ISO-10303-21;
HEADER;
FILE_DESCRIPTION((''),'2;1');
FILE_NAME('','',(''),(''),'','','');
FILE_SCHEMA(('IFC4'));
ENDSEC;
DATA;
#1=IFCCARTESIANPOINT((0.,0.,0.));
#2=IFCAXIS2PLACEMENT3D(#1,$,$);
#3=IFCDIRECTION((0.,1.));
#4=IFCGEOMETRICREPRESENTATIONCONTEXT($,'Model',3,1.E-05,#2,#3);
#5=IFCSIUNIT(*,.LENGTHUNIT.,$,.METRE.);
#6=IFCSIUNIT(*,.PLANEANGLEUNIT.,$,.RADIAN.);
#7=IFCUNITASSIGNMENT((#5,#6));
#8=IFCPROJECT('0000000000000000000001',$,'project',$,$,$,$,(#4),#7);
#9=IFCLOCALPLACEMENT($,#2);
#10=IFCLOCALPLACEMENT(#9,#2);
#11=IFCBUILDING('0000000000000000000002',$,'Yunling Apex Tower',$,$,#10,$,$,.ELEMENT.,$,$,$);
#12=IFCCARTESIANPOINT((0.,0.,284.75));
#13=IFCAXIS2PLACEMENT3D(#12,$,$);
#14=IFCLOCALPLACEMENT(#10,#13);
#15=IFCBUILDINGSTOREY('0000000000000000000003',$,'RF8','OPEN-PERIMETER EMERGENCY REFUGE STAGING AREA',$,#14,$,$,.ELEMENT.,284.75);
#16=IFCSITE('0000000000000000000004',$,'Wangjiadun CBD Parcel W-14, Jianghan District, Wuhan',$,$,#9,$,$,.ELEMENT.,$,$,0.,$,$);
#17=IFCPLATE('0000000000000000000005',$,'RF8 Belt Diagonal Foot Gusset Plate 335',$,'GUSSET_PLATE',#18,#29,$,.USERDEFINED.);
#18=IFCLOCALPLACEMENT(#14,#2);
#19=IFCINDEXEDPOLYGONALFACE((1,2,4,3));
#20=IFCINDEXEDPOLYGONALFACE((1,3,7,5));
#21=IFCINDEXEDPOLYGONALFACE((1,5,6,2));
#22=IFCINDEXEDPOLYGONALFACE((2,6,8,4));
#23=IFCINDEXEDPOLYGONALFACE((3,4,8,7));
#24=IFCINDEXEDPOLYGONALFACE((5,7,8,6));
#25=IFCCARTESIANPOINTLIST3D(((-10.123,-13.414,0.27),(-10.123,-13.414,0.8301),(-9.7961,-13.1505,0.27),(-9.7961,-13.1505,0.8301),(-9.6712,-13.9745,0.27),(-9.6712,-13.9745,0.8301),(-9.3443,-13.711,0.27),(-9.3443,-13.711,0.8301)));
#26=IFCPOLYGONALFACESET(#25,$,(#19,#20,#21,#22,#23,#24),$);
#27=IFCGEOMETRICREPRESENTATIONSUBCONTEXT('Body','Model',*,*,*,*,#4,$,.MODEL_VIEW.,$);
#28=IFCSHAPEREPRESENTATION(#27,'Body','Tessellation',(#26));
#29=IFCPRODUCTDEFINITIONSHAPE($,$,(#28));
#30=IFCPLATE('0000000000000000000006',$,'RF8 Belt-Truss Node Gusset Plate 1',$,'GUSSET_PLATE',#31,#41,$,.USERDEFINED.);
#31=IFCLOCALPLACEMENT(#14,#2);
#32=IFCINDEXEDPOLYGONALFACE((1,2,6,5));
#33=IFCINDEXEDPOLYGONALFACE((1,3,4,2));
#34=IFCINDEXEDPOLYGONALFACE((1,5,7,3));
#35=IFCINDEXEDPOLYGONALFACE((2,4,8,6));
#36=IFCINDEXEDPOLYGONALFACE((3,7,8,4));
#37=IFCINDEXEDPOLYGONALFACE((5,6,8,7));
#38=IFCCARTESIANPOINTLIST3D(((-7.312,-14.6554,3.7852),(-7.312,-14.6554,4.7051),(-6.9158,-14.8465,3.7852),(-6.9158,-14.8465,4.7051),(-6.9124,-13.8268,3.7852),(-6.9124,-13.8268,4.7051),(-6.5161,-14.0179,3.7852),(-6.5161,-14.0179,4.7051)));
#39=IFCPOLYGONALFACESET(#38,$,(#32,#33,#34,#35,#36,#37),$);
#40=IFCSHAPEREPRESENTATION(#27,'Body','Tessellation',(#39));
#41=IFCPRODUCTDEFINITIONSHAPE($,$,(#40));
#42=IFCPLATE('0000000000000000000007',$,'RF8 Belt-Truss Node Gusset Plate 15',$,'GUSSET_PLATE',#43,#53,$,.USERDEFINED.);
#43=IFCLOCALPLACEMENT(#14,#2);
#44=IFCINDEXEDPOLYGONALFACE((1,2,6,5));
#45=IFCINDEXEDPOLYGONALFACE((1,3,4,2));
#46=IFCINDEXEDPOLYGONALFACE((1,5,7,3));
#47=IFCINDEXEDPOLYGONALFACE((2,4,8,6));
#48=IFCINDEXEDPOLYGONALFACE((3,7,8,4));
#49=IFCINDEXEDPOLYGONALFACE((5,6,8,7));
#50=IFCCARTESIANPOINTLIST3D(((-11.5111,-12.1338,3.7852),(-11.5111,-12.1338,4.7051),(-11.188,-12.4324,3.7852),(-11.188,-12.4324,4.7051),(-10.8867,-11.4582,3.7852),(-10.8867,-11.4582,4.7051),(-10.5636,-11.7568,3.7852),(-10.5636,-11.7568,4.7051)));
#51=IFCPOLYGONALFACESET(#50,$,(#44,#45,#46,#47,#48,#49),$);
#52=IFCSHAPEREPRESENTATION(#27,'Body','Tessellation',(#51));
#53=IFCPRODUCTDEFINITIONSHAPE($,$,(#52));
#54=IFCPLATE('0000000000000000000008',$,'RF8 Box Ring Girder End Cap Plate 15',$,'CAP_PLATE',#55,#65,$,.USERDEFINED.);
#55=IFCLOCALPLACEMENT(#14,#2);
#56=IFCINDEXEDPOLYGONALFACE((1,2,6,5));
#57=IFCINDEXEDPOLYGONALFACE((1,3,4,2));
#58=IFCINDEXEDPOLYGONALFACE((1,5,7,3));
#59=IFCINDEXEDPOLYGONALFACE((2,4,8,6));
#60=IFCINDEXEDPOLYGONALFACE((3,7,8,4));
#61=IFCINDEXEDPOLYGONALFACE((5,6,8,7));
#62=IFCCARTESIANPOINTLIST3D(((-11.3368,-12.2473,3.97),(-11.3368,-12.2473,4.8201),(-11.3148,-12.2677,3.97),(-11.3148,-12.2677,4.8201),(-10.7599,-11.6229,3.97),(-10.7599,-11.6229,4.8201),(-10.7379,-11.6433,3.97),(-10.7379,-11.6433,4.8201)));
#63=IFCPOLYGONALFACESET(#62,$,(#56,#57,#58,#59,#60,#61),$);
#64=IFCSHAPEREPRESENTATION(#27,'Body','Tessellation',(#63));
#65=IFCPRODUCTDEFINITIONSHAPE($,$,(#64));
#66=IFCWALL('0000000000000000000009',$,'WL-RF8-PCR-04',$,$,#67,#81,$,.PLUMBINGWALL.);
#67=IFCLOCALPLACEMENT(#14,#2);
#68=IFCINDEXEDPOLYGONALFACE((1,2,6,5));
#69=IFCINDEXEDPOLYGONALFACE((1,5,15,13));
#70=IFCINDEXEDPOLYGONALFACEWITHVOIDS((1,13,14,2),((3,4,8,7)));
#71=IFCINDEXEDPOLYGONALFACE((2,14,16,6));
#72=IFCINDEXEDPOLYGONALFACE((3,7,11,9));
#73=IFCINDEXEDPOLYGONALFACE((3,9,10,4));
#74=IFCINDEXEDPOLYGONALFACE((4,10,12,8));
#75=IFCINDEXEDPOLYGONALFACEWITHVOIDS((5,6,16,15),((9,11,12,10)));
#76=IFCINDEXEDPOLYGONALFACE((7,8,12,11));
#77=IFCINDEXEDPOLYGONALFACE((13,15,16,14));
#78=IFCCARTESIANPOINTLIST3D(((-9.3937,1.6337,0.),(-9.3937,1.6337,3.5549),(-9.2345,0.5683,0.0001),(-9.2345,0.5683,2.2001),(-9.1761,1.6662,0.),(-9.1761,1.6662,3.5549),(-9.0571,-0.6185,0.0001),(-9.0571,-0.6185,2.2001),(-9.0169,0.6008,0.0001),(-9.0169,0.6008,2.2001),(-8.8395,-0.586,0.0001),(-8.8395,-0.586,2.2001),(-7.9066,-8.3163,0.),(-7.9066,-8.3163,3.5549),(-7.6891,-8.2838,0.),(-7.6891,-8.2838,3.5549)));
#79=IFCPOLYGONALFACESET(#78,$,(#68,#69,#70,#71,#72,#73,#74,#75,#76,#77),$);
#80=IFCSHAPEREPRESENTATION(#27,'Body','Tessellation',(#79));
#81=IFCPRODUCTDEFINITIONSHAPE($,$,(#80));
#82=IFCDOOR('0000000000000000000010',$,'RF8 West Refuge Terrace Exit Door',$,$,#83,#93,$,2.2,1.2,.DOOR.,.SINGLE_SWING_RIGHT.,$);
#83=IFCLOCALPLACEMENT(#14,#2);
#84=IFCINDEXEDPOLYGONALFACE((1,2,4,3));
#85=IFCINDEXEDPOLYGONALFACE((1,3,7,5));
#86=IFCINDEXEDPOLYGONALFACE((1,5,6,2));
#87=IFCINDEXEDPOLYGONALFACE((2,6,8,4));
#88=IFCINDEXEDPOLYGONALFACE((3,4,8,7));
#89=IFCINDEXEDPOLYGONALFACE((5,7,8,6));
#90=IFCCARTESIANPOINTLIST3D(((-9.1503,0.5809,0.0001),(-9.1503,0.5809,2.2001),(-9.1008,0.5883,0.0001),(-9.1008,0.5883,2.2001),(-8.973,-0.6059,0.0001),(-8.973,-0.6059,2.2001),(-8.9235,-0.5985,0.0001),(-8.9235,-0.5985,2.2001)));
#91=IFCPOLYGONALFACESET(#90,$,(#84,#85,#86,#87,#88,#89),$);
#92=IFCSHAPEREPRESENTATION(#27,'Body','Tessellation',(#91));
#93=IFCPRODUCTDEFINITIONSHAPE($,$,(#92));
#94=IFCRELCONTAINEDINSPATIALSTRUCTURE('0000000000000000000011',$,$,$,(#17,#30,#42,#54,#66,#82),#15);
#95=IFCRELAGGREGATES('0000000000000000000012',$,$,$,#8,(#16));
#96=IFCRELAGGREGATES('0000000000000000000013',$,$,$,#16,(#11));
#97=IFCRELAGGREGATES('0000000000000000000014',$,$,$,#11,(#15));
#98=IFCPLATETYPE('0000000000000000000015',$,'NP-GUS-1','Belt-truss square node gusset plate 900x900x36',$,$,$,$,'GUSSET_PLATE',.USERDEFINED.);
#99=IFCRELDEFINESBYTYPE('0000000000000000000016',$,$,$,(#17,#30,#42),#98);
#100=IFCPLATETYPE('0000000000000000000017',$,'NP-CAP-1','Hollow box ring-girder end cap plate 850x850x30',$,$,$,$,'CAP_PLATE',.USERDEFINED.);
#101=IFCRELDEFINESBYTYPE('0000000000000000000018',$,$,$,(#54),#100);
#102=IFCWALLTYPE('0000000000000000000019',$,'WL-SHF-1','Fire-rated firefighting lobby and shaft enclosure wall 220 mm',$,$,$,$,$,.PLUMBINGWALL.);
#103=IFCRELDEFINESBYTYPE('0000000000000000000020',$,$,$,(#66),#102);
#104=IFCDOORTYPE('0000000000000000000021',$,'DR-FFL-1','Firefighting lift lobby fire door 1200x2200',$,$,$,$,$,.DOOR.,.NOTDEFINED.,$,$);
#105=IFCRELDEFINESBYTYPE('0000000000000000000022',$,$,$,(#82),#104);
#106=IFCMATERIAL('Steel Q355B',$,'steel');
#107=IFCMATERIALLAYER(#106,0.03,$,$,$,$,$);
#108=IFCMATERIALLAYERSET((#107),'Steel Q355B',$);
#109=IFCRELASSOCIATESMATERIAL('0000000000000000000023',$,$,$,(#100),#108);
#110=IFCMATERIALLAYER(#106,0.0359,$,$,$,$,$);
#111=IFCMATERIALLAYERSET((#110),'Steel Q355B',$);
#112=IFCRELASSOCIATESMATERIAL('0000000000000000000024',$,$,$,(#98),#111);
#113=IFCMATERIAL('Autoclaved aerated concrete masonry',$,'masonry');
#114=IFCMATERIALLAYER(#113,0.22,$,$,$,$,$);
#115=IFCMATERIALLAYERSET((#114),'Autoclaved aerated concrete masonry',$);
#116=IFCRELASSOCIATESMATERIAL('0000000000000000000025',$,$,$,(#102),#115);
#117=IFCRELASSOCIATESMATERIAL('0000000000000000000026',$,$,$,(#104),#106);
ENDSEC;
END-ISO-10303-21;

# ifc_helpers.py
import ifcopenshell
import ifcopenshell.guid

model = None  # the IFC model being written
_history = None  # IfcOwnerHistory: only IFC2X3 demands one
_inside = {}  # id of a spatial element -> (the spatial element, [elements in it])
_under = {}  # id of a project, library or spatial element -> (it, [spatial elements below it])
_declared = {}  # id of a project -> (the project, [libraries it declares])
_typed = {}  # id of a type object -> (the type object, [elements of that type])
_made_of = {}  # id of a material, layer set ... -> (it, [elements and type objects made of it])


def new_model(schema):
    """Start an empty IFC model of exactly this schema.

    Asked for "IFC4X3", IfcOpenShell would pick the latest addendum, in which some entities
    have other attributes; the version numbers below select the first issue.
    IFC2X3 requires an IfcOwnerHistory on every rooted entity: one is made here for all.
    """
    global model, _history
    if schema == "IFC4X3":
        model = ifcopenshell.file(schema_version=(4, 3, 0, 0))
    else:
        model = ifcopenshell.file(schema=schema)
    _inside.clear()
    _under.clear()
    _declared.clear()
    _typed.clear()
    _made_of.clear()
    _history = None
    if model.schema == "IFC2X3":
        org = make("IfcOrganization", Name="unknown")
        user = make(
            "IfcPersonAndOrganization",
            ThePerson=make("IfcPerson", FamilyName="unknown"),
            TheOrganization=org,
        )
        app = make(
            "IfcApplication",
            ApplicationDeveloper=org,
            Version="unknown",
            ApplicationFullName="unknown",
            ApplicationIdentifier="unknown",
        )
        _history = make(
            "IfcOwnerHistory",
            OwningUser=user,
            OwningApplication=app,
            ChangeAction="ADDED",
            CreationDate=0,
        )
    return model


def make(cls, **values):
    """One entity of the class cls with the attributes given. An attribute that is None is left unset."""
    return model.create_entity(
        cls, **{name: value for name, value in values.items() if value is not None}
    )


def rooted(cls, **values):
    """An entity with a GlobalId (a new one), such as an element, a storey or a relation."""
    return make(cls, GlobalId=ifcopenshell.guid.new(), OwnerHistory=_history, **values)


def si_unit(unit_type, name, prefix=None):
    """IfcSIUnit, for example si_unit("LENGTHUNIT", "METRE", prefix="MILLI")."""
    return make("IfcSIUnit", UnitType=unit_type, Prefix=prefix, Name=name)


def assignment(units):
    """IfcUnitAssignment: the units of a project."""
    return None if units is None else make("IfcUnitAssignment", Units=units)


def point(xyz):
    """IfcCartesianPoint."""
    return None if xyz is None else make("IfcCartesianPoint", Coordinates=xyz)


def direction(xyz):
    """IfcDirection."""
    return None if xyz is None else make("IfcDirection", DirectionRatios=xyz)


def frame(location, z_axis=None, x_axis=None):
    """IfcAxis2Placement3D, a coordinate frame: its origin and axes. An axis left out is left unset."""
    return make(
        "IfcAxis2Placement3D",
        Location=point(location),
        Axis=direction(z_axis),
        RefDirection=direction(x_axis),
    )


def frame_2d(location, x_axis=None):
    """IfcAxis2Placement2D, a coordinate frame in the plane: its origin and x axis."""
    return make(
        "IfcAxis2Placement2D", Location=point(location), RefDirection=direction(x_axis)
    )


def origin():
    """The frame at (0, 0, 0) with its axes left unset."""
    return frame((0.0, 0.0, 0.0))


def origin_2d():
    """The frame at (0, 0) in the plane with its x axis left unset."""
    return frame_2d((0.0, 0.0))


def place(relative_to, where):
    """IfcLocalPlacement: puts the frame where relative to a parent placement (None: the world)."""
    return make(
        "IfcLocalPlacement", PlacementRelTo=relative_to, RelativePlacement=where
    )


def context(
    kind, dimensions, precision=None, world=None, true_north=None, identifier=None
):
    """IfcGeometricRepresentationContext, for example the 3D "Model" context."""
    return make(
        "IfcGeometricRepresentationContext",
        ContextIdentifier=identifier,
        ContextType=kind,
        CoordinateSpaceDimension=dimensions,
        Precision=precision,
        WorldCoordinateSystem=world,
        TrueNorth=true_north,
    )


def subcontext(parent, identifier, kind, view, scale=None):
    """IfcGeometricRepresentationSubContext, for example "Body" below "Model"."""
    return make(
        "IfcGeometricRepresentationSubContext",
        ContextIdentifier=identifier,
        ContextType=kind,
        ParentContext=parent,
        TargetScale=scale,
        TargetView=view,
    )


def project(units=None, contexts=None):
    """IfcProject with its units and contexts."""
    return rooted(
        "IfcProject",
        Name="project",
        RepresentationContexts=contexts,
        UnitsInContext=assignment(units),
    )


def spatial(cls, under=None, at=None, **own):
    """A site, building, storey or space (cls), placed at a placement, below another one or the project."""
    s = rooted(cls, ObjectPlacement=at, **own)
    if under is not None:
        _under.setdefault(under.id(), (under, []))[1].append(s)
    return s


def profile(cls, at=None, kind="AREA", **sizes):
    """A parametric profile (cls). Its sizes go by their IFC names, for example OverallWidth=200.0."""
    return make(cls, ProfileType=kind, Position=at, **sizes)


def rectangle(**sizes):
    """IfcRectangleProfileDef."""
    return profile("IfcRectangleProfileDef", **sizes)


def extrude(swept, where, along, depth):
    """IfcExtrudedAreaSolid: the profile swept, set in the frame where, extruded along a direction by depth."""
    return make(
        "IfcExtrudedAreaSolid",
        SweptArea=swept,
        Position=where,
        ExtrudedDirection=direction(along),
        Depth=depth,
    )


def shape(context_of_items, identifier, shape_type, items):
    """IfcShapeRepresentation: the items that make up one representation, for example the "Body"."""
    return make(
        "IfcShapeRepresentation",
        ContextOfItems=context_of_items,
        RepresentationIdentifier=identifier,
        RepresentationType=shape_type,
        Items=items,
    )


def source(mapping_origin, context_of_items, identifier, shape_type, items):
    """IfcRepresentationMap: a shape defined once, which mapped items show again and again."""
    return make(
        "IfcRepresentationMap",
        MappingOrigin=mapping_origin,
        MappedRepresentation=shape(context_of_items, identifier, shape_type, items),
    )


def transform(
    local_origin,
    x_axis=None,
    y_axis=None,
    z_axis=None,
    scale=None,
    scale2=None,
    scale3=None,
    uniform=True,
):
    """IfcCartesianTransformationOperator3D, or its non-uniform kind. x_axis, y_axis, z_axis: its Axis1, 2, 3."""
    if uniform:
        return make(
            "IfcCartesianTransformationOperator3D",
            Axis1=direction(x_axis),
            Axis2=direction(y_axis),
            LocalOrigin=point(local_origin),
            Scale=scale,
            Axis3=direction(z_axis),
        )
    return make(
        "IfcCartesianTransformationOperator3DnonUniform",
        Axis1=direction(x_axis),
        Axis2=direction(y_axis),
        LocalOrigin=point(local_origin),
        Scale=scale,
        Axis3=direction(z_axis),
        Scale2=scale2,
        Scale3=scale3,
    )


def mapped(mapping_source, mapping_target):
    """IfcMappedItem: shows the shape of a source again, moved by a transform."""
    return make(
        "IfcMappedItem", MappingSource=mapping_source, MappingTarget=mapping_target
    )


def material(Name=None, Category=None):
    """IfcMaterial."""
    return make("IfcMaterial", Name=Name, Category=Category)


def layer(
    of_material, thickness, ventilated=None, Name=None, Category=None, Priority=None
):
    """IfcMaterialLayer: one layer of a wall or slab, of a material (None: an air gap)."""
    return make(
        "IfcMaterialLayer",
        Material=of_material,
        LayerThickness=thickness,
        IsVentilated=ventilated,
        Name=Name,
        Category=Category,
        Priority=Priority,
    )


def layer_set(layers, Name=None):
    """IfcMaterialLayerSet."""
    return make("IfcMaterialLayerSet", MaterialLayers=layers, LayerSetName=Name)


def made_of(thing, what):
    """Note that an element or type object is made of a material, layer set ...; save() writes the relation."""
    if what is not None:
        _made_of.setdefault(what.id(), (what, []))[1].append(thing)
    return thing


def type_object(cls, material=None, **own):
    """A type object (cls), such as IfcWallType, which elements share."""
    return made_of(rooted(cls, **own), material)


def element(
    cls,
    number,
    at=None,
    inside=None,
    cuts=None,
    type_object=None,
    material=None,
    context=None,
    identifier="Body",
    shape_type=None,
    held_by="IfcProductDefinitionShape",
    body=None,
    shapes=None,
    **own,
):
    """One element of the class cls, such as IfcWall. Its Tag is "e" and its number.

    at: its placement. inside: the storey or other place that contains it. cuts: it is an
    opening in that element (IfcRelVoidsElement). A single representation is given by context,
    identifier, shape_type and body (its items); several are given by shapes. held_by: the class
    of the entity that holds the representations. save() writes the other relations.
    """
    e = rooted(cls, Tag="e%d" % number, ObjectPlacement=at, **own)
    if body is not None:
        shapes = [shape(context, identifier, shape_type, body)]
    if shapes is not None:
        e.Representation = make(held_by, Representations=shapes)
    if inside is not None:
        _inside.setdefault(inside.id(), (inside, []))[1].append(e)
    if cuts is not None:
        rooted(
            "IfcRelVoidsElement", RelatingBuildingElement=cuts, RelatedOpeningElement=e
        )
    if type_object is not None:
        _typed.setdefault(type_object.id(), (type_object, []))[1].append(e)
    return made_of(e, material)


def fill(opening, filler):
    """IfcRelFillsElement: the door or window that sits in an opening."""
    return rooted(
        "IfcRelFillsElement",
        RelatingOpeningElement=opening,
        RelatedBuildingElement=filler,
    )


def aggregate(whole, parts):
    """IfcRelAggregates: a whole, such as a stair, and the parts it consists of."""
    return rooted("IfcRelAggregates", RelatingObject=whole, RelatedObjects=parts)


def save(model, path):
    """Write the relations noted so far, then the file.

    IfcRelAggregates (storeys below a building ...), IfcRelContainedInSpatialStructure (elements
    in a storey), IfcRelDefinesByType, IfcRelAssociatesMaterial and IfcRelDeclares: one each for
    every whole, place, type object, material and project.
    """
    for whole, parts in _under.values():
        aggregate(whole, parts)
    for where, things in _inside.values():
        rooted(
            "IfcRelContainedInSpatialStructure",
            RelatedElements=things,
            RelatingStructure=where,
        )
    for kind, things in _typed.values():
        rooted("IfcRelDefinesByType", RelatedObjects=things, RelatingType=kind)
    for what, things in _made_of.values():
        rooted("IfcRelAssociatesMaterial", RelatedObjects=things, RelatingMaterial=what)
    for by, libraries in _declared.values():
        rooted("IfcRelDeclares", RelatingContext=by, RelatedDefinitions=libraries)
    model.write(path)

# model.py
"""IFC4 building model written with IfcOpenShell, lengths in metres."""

from ifc_helpers import new_model, si_unit, direction, frame, frame_2d, origin, origin_2d, place, context, subcontext, project, spatial, rectangle, extrude, source, transform, mapped, material, layer, layer_set, type_object, element, fill, save


model = new_model("IFC4")

# Units and contexts
model_context = context("Model", 3, precision=1e-05, world=origin(), true_north=direction((0.0, 1.0)))
body_context = subcontext(model_context, "Body", "Model", "MODEL_VIEW")
ifc_project = project(units=[si_unit("LENGTHUNIT", "METRE"), si_unit("PLANEANGLEUNIT", "RADIAN")], contexts=[model_context])

# Site, building, storey
site_placement = place(None, origin())
site = spatial("IfcSite", under=ifc_project, at=site_placement, Name="Wangjiadun CBD Parcel W-14, Jianghan District, Wuhan", CompositionType="ELEMENT", RefElevation=0.0)
building_placement = place(site_placement, origin())
building = spatial("IfcBuilding", under=site, at=building_placement, Name="Yunling Apex Tower", CompositionType="ELEMENT")
storey_placement = place(building_placement, frame((0.0, 0.0, 284.75)))
storey = spatial("IfcBuildingStorey", under=building, at=storey_placement, Name="RF8", Description="OPEN-PERIMETER EMERGENCY REFUGE STAGING AREA", CompositionType="ELEMENT", Elevation=284.75)

# Shared definitions
ifc_material_1 = material(Name="Steel Q355B", Category="steel")

# Plates
ifc_layer_1 = layer(ifc_material_1, 0.03)
ifc_layer_set_1 = layer_set([ifc_layer_1], Name="Steel Q355B")
plate_type_1 = type_object("IfcPlateType", Name="NP-CAP-1", Description="Hollow box ring-girder end cap plate 850x850x30", ElementType="CAP_PLATE", PredefinedType="USERDEFINED", material=ifc_layer_set_1)
ifc_layer_2 = layer(ifc_material_1, 0.0359)
ifc_layer_set_2 = layer_set([ifc_layer_2], Name="Steel Q355B")
plate_type_2 = type_object("IfcPlateType", Name="NP-GUS-1", Description="Belt-truss square node gusset plate 900x900x36", ElementType="GUSSET_PLATE", PredefinedType="USERDEFINED", material=ifc_layer_set_2)
shared_shape_1 = source(origin(), body_context, "Body", "SweptSolid", [
    extrude(rectangle(XDim=0.72, YDim=0.4199, at=origin_2d()), origin(), (0.0, 0.0, 1.0), 0.5601),
])
for number, where, z_axis, x_axis, name in (
    (1, (-9.7336, -13.5625, 0.27), (0.0, 0.0, 1.0), (-0.627555, 0.778572, 0.0), "RF8 Belt Diagonal Foot Gusset Plate 335"),
):
    element("IfcPlate", number, at=place(storey_placement, frame(where, z_axis=z_axis, x_axis=x_axis)), inside=storey, type_object=plate_type_2, Name=name, ObjectType="GUSSET_PLATE", PredefinedType="USERDEFINED", context=body_context, shape_type="MappedRepresentation", body=[
        mapped(shared_shape_1, transform((0.0, 0.0, 0.0), scale=1.0)),
    ])
shared_shape_2 = source(origin(), body_context, "Body", "SweptSolid", [
    extrude(rectangle(XDim=0.9199, YDim=0.4399, at=origin_2d()), origin(), (0.0, 0.0, 1.0), 0.9199),
])
for number, where, z_axis, x_axis, name in (
    (2, (-6.9141, -14.3367, 3.7852), (0.0, 0.0, 1.0), (-0.434445, -0.900698, 0.0), "RF8 Belt-Truss Node Gusset Plate 1"),
    (3, (-11.0374, -11.9453, 3.7852), (0.0, 0.0, 1.0), (-0.678673, -0.734441, 0.0), "RF8 Belt-Truss Node Gusset Plate 15"),
):
    element("IfcPlate", number, at=place(storey_placement, frame(where, z_axis=z_axis, x_axis=x_axis)), inside=storey, type_object=plate_type_2, Name=name, ObjectType="GUSSET_PLATE", PredefinedType="USERDEFINED", context=body_context, shape_type="MappedRepresentation", body=[
        mapped(shared_shape_2, transform((0.0, 0.0, 0.0), scale=1.0)),
    ])
shared_shape_3 = source(origin(), body_context, "Body", "SweptSolid", [
    extrude(rectangle(XDim=0.8501, YDim=0.03, at=origin_2d()), origin(), (0.0, 0.0, 1.0), 0.8501),
])
plate_placement = place(storey_placement, frame((-11.0374, -11.9453, 3.97), z_axis=(0.0, 0.0, 1.0), x_axis=(-0.678673, -0.734441, 0.0)))
element("IfcPlate", 4, at=plate_placement, inside=storey, type_object=plate_type_1, Name="RF8 Box Ring Girder End Cap Plate 15", ObjectType="CAP_PLATE", PredefinedType="USERDEFINED", context=body_context, shape_type="MappedRepresentation", body=[
    mapped(shared_shape_3, transform((0.0, 0.0, 0.0), scale=1.0)),
])

# Wall, opening, door
ifc_material_2 = material(Name="Autoclaved aerated concrete masonry", Category="masonry")
ifc_layer_3 = layer(ifc_material_2, 0.22)
ifc_layer_set_3 = layer_set([ifc_layer_3], Name="Autoclaved aerated concrete masonry")
wall_type = type_object("IfcWallType", Name="WL-SHF-1", Description="Fire-rated firefighting lobby and shaft enclosure wall 220 mm", PredefinedType="PLUMBINGWALL", material=ifc_layer_set_3)
wall_placement = place(storey_placement, frame((-7.7979, -8.3, 0.0), z_axis=(0.0, 0.0, 1.0), x_axis=(-0.147812, 0.989015, 0.0)))
wall = element("IfcWall", 5, at=wall_placement, inside=storey, type_object=wall_type, Name="WL-RF8-PCR-04", PredefinedType="PLUMBINGWALL", context=body_context, shape_type="SweptSolid", body=[
    extrude(rectangle(XDim=10.0605, YDim=0.22, at=frame_2d((5.0303, 0.0))), origin(), (0.0, 0.0, 1.0), 3.5549),
])
opening_placement = place(wall_placement, frame((7.7832, 0.0, 0.0)))
opening = element("IfcOpeningElement", 6, at=opening_placement, cuts=wall, PredefinedType="OPENING", context=body_context, shape_type="SweptSolid", body=[
    extrude(rectangle(XDim=1.2, YDim=2.2, at=frame_2d((0.6001, 1.1001))), frame((0.0, 0.1201, 0.0), z_axis=(0.0, -1.0, 0.0), x_axis=(1.0, 0.0, 0.0)), (0.0, 0.0, 1.0), 0.24),
])
door_type = type_object("IfcDoorType", Name="DR-FFL-1", Description="Firefighting lift lobby fire door 1200x2200", OperationType="NOTDEFINED", PredefinedType="DOOR", material=ifc_material_1)
door_placement = place(opening_placement, origin())
door = element("IfcDoor", 7, at=door_placement, inside=storey, type_object=door_type, Name="RF8 West Refuge Terrace Exit Door", OperationType="SINGLE_SWING_RIGHT", OverallHeight=2.2, OverallWidth=1.2, PredefinedType="DOOR", context=body_context, shape_type="SweptSolid", body=[
    extrude(rectangle(XDim=1.2, YDim=2.2, at=frame_2d((0.6001, 1.1001))), frame((0.0, 0.0249, 0.0), z_axis=(0.0, -1.0, 0.0), x_axis=(1.0, 0.0, 0.0)), (0.0, 0.0, 1.0), 0.05),
])
fill(opening, door)

save(model, "model.ifc")
